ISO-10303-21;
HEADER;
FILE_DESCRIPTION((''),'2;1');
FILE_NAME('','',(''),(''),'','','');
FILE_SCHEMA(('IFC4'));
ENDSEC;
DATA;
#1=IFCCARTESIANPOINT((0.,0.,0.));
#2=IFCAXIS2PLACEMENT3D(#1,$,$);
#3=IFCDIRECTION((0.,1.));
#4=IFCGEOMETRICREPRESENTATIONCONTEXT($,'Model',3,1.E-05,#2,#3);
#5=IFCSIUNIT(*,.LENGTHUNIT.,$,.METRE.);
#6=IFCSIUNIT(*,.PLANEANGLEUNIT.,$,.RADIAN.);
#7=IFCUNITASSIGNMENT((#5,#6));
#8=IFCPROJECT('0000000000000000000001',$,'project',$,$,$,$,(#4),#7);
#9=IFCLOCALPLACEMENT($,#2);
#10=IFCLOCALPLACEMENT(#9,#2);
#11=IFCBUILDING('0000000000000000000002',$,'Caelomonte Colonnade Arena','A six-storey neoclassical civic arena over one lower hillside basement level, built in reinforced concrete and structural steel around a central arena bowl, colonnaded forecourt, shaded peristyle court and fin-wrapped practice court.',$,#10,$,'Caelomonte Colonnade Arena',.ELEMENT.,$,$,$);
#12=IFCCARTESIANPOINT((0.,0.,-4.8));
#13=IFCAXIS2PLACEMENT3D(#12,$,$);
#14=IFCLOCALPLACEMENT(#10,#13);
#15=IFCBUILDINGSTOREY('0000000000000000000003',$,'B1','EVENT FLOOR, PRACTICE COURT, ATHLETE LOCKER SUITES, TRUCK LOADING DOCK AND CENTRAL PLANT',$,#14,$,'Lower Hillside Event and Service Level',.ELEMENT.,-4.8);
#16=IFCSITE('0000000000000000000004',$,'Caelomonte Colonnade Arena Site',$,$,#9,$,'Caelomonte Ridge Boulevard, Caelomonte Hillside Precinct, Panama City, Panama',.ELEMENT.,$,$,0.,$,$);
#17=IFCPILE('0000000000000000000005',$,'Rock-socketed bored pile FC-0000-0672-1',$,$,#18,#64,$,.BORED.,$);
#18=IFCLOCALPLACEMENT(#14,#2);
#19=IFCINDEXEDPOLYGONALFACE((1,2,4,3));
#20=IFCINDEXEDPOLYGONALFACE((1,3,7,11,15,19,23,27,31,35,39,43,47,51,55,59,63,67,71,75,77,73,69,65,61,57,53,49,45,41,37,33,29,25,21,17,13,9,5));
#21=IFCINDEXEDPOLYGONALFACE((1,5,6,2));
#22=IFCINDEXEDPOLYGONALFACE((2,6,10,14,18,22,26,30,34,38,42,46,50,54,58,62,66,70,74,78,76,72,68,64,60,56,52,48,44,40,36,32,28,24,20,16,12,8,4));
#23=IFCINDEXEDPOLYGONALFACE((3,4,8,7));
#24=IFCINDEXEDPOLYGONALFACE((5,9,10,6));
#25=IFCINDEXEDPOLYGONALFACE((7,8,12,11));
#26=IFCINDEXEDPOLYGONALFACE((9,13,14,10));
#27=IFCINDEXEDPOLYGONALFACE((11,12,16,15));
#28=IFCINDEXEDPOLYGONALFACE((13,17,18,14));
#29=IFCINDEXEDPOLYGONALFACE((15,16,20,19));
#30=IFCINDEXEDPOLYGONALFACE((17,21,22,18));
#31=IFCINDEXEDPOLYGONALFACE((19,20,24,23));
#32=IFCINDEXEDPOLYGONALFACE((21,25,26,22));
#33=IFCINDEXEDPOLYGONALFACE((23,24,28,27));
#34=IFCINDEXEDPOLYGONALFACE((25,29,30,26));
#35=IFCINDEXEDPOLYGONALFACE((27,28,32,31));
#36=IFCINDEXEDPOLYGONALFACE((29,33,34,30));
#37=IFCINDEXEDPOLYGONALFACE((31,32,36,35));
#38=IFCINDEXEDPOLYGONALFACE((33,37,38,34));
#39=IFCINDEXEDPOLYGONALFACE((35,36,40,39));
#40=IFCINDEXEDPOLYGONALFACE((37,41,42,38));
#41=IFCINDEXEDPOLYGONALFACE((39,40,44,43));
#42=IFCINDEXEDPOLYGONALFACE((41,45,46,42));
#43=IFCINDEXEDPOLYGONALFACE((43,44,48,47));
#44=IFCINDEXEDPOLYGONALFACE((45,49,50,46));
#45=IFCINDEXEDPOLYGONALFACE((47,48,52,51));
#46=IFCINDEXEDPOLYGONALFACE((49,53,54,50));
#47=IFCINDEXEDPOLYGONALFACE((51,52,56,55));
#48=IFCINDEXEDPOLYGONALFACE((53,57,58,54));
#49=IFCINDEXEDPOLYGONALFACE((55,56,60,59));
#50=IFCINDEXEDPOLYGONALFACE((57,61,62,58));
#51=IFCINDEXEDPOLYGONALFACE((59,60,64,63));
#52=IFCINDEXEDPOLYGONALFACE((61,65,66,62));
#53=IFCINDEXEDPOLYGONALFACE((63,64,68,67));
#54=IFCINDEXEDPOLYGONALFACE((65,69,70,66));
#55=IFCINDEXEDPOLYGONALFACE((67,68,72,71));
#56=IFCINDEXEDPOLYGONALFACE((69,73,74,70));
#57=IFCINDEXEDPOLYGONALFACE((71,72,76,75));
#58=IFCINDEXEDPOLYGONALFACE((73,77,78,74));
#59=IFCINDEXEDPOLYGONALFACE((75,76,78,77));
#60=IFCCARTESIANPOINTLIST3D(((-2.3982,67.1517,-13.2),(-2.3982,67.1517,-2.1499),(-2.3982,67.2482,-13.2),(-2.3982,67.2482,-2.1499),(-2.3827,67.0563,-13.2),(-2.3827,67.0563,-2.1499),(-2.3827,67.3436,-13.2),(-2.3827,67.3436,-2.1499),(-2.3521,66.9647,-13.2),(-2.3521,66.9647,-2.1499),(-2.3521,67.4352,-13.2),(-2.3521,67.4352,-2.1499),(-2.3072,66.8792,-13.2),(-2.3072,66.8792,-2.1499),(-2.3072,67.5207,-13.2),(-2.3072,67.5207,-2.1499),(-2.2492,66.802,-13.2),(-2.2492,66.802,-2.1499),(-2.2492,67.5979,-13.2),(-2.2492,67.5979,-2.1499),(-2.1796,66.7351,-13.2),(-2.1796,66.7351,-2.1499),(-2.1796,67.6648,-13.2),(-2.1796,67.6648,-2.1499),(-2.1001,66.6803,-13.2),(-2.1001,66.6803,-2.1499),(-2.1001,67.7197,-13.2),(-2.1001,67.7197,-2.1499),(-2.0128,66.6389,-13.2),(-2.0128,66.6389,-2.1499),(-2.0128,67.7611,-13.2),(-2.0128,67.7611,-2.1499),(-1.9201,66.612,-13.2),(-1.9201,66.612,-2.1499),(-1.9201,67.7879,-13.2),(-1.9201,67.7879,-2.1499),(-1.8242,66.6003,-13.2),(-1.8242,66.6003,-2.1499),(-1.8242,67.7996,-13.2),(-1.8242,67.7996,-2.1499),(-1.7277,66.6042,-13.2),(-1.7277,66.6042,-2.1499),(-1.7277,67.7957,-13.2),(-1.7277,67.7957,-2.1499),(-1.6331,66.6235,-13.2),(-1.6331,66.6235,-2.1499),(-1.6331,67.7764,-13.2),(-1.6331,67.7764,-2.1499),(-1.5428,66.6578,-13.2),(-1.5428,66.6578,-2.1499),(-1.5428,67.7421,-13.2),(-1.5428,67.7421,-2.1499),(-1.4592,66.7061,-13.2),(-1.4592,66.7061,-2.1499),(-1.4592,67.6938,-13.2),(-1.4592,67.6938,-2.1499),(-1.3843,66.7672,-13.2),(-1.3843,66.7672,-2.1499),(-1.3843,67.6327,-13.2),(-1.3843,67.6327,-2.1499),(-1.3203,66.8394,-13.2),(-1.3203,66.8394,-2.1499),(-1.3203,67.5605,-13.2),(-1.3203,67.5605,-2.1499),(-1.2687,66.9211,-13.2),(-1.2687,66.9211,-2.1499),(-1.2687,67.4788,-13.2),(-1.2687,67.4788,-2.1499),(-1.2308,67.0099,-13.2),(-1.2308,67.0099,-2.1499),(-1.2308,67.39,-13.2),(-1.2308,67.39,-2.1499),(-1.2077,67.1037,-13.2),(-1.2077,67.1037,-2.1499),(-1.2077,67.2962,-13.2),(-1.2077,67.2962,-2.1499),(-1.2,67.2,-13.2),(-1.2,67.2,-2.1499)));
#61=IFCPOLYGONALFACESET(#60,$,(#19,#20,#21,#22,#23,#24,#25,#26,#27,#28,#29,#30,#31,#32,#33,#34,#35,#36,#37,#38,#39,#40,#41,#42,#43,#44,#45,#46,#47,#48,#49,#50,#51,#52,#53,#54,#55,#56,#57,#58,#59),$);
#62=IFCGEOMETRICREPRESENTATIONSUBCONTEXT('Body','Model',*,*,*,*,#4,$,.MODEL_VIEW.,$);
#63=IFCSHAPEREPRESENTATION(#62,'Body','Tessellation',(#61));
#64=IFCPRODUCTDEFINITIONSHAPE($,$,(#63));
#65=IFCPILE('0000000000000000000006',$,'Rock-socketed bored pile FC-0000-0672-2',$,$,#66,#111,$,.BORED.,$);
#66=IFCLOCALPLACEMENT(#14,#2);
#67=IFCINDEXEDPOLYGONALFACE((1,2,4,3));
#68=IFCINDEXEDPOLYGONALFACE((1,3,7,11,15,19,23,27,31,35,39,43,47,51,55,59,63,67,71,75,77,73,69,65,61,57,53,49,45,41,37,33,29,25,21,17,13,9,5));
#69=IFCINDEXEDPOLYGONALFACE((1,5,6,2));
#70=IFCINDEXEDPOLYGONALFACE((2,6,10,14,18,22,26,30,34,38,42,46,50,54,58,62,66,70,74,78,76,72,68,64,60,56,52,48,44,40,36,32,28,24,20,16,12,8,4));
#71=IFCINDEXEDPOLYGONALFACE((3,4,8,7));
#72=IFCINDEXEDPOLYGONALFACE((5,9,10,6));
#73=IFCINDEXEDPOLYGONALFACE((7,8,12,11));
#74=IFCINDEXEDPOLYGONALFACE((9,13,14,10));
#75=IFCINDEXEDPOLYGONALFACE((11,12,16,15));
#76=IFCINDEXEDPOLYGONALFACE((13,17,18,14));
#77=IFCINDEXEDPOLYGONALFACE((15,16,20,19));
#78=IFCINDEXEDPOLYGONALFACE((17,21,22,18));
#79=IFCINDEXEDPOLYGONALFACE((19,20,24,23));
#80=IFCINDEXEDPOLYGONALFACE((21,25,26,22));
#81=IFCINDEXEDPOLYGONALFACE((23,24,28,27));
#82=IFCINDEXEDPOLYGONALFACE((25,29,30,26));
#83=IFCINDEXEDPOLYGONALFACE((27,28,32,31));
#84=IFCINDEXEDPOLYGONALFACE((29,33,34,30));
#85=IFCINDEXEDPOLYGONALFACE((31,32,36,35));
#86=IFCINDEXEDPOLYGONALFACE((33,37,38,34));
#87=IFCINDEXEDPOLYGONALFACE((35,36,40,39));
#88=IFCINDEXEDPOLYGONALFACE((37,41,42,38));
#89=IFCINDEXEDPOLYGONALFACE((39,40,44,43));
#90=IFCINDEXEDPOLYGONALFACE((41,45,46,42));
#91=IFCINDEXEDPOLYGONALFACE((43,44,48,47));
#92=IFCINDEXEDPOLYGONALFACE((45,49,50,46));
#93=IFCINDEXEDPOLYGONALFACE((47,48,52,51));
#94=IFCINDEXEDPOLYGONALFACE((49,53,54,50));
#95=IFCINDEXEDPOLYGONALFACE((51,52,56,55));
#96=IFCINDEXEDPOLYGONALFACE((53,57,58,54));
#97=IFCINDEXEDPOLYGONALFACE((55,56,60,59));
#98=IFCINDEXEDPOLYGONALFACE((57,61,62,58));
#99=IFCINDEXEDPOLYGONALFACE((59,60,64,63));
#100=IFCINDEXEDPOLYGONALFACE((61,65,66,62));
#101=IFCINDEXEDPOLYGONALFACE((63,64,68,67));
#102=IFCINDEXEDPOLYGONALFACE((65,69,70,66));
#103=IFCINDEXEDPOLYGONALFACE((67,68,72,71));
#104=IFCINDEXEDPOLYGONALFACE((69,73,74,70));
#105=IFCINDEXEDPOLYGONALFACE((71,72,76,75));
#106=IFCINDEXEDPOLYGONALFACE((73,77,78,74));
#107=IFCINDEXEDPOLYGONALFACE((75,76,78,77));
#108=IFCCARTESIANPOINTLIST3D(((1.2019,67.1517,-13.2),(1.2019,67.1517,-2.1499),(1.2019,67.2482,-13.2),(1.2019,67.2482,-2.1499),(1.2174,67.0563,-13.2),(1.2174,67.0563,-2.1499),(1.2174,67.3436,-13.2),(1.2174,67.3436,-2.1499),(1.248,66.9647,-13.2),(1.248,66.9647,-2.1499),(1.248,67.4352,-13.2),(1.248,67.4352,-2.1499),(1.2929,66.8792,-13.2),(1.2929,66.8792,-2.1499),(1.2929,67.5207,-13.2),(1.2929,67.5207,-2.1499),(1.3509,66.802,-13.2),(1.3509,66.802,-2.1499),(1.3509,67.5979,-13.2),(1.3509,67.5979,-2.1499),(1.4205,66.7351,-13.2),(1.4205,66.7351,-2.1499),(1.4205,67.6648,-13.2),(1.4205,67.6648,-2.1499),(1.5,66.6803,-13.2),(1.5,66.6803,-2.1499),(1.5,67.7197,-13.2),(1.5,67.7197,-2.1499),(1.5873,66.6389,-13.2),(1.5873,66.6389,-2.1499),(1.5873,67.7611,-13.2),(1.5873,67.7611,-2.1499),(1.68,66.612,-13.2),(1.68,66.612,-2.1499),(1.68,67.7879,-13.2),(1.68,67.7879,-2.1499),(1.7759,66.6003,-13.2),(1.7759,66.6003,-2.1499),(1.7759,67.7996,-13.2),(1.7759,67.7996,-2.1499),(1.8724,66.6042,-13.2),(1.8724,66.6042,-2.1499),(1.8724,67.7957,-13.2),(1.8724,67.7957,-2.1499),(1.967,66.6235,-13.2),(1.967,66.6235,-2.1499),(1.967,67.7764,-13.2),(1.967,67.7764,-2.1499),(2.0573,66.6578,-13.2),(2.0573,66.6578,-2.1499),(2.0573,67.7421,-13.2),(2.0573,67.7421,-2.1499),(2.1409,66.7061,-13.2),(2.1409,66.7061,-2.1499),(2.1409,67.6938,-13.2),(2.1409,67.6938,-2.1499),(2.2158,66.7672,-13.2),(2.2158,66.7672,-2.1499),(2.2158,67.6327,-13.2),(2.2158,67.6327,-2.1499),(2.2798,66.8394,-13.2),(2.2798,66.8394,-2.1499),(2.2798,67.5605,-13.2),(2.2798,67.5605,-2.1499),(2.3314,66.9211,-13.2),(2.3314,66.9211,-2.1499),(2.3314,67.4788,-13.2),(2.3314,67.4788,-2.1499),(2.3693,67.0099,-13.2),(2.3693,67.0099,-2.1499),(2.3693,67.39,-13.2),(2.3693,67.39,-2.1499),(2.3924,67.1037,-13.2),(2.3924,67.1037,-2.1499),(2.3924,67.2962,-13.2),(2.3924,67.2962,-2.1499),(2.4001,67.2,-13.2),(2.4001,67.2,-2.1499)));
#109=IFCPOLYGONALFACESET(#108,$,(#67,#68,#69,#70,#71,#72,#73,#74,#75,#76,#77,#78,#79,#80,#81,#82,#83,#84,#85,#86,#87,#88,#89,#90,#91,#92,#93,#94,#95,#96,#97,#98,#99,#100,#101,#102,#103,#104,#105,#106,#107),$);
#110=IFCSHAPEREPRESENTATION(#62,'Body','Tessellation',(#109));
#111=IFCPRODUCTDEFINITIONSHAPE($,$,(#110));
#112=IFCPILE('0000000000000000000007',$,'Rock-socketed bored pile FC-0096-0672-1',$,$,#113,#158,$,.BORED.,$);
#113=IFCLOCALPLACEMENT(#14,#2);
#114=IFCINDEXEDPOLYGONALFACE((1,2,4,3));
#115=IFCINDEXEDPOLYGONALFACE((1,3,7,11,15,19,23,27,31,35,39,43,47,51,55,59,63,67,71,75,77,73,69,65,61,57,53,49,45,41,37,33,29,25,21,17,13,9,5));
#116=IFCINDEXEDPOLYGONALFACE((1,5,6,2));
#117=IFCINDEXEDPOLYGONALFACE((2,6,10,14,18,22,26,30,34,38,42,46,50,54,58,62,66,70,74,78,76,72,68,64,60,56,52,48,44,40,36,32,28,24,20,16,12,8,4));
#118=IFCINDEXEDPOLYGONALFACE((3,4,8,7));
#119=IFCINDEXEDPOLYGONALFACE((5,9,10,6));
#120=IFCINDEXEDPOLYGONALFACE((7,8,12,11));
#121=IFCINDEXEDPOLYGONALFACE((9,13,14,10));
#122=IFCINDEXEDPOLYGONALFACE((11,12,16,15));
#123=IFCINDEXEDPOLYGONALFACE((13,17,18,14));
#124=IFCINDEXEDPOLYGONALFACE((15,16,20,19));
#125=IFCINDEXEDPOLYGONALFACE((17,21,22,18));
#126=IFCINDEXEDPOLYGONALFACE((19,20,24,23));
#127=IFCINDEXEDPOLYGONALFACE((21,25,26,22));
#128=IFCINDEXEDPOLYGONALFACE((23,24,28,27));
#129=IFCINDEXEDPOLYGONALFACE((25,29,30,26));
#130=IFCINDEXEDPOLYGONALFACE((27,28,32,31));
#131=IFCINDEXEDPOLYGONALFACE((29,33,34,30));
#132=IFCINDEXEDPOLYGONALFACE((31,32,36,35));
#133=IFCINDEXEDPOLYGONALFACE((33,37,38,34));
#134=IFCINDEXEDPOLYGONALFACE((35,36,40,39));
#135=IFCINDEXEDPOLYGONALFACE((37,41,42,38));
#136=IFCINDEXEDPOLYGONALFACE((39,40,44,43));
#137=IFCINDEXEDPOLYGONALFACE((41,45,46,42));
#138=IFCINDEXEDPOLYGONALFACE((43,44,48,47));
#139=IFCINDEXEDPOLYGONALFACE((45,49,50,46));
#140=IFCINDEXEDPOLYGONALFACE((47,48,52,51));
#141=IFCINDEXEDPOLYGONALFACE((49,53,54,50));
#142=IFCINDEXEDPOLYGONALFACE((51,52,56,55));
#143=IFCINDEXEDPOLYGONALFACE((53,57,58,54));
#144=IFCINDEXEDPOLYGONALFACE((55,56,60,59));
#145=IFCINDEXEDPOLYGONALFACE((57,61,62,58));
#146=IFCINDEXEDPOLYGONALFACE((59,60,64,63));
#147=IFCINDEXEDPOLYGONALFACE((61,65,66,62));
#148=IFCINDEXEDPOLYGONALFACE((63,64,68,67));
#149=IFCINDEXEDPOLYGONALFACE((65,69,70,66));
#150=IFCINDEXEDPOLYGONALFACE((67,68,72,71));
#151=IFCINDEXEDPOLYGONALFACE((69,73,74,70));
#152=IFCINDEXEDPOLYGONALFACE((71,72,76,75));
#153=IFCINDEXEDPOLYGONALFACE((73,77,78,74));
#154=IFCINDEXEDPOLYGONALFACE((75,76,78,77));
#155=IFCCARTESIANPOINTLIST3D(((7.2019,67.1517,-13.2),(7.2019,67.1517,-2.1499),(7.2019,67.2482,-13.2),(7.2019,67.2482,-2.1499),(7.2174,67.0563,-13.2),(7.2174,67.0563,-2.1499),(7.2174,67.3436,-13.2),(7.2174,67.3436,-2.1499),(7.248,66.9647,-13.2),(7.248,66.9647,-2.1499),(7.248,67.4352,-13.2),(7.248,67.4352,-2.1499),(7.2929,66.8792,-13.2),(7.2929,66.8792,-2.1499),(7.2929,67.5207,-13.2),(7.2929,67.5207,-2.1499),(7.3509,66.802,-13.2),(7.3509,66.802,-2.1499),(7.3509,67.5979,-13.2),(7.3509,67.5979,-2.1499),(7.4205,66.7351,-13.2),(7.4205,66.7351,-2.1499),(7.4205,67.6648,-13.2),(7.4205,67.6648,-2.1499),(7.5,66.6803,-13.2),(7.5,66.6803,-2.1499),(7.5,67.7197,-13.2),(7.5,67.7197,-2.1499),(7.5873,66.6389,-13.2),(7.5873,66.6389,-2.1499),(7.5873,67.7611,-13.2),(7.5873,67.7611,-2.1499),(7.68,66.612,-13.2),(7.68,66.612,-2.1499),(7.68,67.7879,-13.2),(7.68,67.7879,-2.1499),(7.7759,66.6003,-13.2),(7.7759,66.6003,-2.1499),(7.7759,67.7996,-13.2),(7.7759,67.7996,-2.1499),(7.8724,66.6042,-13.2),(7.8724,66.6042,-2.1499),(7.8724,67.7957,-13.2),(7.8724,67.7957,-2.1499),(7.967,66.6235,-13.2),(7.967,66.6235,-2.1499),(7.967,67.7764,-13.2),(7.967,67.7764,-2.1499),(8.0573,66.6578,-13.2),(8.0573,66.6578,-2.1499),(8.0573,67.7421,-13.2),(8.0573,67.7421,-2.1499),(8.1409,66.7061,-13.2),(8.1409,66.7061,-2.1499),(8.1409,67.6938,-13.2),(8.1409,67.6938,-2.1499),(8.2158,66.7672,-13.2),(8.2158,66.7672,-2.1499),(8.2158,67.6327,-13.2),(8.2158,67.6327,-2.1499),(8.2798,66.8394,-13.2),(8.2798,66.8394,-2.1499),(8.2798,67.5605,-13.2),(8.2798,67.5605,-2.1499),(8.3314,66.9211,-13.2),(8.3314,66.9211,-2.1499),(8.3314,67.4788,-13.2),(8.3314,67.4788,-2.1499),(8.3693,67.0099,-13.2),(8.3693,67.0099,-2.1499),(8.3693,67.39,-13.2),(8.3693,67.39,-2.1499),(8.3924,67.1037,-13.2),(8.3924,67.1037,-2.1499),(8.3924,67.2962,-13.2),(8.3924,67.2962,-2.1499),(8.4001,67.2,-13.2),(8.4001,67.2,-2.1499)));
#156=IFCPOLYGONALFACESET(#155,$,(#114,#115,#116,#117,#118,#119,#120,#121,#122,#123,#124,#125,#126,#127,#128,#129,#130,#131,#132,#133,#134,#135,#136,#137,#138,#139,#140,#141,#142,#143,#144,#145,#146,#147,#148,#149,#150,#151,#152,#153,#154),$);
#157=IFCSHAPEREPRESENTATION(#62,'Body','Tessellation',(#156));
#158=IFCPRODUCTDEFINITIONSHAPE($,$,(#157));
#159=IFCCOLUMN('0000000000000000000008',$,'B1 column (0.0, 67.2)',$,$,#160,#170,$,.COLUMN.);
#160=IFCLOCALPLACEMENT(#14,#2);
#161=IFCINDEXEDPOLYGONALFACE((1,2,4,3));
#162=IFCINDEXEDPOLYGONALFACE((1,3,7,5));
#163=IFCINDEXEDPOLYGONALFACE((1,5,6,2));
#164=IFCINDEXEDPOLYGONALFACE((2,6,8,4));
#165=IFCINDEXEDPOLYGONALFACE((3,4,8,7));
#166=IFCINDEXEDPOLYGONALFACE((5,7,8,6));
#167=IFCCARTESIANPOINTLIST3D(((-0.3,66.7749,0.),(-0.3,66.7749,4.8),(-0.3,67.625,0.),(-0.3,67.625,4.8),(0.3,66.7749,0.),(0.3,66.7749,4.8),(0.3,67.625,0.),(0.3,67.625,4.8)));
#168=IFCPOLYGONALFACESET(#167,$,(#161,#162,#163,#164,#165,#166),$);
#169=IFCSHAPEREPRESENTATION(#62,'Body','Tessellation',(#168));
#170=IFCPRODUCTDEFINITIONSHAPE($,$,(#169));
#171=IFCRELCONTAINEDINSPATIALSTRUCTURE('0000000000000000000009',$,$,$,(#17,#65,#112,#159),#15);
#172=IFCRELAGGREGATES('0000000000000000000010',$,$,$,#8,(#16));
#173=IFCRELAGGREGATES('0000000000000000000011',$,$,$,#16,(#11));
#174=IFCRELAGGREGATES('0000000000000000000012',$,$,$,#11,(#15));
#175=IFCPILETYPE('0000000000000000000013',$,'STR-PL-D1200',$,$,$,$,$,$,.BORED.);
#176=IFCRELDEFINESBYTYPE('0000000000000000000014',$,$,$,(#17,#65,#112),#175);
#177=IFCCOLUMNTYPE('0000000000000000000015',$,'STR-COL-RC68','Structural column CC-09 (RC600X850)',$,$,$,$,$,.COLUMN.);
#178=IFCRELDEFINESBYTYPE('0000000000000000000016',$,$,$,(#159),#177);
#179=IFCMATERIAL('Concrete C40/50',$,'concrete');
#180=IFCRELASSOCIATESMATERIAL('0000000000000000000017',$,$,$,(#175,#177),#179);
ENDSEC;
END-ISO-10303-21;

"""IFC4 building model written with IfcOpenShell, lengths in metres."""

from ifc_helpers import new_model, si_unit, direction, frame, origin, origin_2d, place, context, subcontext, project, spatial, rectangle, circle, extrude, material, material_profile, profile_set, type_object, element, save


model = new_model("IFC4")

# Units and contexts
model_context = context("Model", 3, precision=1e-05, world=origin(), true_north=direction((0.0, 1.0)))
body_context = subcontext(model_context, "Body", "Model", "MODEL_VIEW")
ifc_project = project(units=[si_unit("LENGTHUNIT", "METRE"), si_unit("PLANEANGLEUNIT", "RADIAN")], contexts=[model_context])

# Site, building, storey
site_placement = place(None, origin())
site = spatial("IfcSite", under=ifc_project, at=site_placement, Name="Caelomonte Colonnade Arena Site", LongName="Caelomonte Ridge Boulevard, Caelomonte Hillside Precinct, Panama City, Panama", CompositionType="ELEMENT", RefElevation=0.0)
building_placement = place(site_placement, origin())
building = spatial("IfcBuilding", under=site, at=building_placement, Name="Caelomonte Colonnade Arena", Description="A six-storey neoclassical civic arena over one lower hillside basement level, built in reinforced concrete and structural steel around a central arena bowl, colonnaded forecourt, shaded peristyle court and fin-wrapped practice court.", LongName="Caelomonte Colonnade Arena", CompositionType="ELEMENT")
storey_placement = place(building_placement, frame((0.0, 0.0, -4.8)))
storey = spatial("IfcBuildingStorey", under=building, at=storey_placement, Name="B1", Description="EVENT FLOOR, PRACTICE COURT, ATHLETE LOCKER SUITES, TRUCK LOADING DOCK AND CENTRAL PLANT", LongName="Lower Hillside Event and Service Level", CompositionType="ELEMENT", Elevation=-4.8)

# Shared definitions
ifc_material_1 = material(Name="Concrete C40/50", Category="concrete")

# Piles
ifc_material_profile_1 = material_profile(ifc_material_1, circle(Radius=0.6001, at=origin_2d()), Name="PILE-D1200")
ifc_profile_set_1 = profile_set([ifc_material_profile_1], Name="Concrete C40/50")
pile_type_1 = type_object("IfcPileType", Name="STR-PL-D1200", PredefinedType="BORED", material=ifc_profile_set_1)
for number, where, z_axis, x_axis, name in (
    (1, (-1.8, 67.2, -2.1499), (0.0, 0.0, -1.0), (1.0, 0.0, 0.0), "Rock-socketed bored pile FC-0000-0672-1"),
    (2, (1.8, 67.2, -2.1499), (0.0, 0.0, -1.0), (1.0, 0.0, 0.0), "Rock-socketed bored pile FC-0000-0672-2"),
    (3, (7.8, 67.2, -2.1499), (0.0, 0.0, -1.0), (1.0, 0.0, 0.0), "Rock-socketed bored pile FC-0096-0672-1"),
):
    element("IfcPile", number, at=place(storey_placement, frame(where, z_axis=z_axis, x_axis=x_axis)), inside=storey, type_object=pile_type_1, Name=name, PredefinedType="BORED", context=body_context, shape_type="SweptSolid", body=[
        extrude(circle(Radius=0.6001, at=origin_2d()), origin(), (0.0, 0.0, 1.0), 11.05),
    ])

# Column
ifc_material_profile_2 = material_profile(ifc_material_1, rectangle(XDim=0.6001, YDim=0.8501, at=origin_2d()), Name="RC600X850")
ifc_profile_set_2 = profile_set([ifc_material_profile_2], Name="Concrete C40/50")
column_type_1 = type_object("IfcColumnType", Name="STR-COL-RC68", Description="Structural column CC-09 (RC600X850)", PredefinedType="COLUMN", material=ifc_profile_set_2)
column_1_placement = place(storey_placement, frame((0.0, 67.2, 0.0), z_axis=(0.0, 0.0, 1.0), x_axis=(1.0, 0.0, 0.0)))
element("IfcColumn", 4, at=column_1_placement, inside=storey, type_object=column_type_1, Name="B1 column (0.0, 67.2)", PredefinedType="COLUMN", context=body_context, shape_type="SweptSolid", body=[
    extrude(rectangle(XDim=0.6001, YDim=0.8501, at=origin_2d()), origin(), (0.0, 0.0, 1.0), 4.8),
])

save(model, "model.ifc")
